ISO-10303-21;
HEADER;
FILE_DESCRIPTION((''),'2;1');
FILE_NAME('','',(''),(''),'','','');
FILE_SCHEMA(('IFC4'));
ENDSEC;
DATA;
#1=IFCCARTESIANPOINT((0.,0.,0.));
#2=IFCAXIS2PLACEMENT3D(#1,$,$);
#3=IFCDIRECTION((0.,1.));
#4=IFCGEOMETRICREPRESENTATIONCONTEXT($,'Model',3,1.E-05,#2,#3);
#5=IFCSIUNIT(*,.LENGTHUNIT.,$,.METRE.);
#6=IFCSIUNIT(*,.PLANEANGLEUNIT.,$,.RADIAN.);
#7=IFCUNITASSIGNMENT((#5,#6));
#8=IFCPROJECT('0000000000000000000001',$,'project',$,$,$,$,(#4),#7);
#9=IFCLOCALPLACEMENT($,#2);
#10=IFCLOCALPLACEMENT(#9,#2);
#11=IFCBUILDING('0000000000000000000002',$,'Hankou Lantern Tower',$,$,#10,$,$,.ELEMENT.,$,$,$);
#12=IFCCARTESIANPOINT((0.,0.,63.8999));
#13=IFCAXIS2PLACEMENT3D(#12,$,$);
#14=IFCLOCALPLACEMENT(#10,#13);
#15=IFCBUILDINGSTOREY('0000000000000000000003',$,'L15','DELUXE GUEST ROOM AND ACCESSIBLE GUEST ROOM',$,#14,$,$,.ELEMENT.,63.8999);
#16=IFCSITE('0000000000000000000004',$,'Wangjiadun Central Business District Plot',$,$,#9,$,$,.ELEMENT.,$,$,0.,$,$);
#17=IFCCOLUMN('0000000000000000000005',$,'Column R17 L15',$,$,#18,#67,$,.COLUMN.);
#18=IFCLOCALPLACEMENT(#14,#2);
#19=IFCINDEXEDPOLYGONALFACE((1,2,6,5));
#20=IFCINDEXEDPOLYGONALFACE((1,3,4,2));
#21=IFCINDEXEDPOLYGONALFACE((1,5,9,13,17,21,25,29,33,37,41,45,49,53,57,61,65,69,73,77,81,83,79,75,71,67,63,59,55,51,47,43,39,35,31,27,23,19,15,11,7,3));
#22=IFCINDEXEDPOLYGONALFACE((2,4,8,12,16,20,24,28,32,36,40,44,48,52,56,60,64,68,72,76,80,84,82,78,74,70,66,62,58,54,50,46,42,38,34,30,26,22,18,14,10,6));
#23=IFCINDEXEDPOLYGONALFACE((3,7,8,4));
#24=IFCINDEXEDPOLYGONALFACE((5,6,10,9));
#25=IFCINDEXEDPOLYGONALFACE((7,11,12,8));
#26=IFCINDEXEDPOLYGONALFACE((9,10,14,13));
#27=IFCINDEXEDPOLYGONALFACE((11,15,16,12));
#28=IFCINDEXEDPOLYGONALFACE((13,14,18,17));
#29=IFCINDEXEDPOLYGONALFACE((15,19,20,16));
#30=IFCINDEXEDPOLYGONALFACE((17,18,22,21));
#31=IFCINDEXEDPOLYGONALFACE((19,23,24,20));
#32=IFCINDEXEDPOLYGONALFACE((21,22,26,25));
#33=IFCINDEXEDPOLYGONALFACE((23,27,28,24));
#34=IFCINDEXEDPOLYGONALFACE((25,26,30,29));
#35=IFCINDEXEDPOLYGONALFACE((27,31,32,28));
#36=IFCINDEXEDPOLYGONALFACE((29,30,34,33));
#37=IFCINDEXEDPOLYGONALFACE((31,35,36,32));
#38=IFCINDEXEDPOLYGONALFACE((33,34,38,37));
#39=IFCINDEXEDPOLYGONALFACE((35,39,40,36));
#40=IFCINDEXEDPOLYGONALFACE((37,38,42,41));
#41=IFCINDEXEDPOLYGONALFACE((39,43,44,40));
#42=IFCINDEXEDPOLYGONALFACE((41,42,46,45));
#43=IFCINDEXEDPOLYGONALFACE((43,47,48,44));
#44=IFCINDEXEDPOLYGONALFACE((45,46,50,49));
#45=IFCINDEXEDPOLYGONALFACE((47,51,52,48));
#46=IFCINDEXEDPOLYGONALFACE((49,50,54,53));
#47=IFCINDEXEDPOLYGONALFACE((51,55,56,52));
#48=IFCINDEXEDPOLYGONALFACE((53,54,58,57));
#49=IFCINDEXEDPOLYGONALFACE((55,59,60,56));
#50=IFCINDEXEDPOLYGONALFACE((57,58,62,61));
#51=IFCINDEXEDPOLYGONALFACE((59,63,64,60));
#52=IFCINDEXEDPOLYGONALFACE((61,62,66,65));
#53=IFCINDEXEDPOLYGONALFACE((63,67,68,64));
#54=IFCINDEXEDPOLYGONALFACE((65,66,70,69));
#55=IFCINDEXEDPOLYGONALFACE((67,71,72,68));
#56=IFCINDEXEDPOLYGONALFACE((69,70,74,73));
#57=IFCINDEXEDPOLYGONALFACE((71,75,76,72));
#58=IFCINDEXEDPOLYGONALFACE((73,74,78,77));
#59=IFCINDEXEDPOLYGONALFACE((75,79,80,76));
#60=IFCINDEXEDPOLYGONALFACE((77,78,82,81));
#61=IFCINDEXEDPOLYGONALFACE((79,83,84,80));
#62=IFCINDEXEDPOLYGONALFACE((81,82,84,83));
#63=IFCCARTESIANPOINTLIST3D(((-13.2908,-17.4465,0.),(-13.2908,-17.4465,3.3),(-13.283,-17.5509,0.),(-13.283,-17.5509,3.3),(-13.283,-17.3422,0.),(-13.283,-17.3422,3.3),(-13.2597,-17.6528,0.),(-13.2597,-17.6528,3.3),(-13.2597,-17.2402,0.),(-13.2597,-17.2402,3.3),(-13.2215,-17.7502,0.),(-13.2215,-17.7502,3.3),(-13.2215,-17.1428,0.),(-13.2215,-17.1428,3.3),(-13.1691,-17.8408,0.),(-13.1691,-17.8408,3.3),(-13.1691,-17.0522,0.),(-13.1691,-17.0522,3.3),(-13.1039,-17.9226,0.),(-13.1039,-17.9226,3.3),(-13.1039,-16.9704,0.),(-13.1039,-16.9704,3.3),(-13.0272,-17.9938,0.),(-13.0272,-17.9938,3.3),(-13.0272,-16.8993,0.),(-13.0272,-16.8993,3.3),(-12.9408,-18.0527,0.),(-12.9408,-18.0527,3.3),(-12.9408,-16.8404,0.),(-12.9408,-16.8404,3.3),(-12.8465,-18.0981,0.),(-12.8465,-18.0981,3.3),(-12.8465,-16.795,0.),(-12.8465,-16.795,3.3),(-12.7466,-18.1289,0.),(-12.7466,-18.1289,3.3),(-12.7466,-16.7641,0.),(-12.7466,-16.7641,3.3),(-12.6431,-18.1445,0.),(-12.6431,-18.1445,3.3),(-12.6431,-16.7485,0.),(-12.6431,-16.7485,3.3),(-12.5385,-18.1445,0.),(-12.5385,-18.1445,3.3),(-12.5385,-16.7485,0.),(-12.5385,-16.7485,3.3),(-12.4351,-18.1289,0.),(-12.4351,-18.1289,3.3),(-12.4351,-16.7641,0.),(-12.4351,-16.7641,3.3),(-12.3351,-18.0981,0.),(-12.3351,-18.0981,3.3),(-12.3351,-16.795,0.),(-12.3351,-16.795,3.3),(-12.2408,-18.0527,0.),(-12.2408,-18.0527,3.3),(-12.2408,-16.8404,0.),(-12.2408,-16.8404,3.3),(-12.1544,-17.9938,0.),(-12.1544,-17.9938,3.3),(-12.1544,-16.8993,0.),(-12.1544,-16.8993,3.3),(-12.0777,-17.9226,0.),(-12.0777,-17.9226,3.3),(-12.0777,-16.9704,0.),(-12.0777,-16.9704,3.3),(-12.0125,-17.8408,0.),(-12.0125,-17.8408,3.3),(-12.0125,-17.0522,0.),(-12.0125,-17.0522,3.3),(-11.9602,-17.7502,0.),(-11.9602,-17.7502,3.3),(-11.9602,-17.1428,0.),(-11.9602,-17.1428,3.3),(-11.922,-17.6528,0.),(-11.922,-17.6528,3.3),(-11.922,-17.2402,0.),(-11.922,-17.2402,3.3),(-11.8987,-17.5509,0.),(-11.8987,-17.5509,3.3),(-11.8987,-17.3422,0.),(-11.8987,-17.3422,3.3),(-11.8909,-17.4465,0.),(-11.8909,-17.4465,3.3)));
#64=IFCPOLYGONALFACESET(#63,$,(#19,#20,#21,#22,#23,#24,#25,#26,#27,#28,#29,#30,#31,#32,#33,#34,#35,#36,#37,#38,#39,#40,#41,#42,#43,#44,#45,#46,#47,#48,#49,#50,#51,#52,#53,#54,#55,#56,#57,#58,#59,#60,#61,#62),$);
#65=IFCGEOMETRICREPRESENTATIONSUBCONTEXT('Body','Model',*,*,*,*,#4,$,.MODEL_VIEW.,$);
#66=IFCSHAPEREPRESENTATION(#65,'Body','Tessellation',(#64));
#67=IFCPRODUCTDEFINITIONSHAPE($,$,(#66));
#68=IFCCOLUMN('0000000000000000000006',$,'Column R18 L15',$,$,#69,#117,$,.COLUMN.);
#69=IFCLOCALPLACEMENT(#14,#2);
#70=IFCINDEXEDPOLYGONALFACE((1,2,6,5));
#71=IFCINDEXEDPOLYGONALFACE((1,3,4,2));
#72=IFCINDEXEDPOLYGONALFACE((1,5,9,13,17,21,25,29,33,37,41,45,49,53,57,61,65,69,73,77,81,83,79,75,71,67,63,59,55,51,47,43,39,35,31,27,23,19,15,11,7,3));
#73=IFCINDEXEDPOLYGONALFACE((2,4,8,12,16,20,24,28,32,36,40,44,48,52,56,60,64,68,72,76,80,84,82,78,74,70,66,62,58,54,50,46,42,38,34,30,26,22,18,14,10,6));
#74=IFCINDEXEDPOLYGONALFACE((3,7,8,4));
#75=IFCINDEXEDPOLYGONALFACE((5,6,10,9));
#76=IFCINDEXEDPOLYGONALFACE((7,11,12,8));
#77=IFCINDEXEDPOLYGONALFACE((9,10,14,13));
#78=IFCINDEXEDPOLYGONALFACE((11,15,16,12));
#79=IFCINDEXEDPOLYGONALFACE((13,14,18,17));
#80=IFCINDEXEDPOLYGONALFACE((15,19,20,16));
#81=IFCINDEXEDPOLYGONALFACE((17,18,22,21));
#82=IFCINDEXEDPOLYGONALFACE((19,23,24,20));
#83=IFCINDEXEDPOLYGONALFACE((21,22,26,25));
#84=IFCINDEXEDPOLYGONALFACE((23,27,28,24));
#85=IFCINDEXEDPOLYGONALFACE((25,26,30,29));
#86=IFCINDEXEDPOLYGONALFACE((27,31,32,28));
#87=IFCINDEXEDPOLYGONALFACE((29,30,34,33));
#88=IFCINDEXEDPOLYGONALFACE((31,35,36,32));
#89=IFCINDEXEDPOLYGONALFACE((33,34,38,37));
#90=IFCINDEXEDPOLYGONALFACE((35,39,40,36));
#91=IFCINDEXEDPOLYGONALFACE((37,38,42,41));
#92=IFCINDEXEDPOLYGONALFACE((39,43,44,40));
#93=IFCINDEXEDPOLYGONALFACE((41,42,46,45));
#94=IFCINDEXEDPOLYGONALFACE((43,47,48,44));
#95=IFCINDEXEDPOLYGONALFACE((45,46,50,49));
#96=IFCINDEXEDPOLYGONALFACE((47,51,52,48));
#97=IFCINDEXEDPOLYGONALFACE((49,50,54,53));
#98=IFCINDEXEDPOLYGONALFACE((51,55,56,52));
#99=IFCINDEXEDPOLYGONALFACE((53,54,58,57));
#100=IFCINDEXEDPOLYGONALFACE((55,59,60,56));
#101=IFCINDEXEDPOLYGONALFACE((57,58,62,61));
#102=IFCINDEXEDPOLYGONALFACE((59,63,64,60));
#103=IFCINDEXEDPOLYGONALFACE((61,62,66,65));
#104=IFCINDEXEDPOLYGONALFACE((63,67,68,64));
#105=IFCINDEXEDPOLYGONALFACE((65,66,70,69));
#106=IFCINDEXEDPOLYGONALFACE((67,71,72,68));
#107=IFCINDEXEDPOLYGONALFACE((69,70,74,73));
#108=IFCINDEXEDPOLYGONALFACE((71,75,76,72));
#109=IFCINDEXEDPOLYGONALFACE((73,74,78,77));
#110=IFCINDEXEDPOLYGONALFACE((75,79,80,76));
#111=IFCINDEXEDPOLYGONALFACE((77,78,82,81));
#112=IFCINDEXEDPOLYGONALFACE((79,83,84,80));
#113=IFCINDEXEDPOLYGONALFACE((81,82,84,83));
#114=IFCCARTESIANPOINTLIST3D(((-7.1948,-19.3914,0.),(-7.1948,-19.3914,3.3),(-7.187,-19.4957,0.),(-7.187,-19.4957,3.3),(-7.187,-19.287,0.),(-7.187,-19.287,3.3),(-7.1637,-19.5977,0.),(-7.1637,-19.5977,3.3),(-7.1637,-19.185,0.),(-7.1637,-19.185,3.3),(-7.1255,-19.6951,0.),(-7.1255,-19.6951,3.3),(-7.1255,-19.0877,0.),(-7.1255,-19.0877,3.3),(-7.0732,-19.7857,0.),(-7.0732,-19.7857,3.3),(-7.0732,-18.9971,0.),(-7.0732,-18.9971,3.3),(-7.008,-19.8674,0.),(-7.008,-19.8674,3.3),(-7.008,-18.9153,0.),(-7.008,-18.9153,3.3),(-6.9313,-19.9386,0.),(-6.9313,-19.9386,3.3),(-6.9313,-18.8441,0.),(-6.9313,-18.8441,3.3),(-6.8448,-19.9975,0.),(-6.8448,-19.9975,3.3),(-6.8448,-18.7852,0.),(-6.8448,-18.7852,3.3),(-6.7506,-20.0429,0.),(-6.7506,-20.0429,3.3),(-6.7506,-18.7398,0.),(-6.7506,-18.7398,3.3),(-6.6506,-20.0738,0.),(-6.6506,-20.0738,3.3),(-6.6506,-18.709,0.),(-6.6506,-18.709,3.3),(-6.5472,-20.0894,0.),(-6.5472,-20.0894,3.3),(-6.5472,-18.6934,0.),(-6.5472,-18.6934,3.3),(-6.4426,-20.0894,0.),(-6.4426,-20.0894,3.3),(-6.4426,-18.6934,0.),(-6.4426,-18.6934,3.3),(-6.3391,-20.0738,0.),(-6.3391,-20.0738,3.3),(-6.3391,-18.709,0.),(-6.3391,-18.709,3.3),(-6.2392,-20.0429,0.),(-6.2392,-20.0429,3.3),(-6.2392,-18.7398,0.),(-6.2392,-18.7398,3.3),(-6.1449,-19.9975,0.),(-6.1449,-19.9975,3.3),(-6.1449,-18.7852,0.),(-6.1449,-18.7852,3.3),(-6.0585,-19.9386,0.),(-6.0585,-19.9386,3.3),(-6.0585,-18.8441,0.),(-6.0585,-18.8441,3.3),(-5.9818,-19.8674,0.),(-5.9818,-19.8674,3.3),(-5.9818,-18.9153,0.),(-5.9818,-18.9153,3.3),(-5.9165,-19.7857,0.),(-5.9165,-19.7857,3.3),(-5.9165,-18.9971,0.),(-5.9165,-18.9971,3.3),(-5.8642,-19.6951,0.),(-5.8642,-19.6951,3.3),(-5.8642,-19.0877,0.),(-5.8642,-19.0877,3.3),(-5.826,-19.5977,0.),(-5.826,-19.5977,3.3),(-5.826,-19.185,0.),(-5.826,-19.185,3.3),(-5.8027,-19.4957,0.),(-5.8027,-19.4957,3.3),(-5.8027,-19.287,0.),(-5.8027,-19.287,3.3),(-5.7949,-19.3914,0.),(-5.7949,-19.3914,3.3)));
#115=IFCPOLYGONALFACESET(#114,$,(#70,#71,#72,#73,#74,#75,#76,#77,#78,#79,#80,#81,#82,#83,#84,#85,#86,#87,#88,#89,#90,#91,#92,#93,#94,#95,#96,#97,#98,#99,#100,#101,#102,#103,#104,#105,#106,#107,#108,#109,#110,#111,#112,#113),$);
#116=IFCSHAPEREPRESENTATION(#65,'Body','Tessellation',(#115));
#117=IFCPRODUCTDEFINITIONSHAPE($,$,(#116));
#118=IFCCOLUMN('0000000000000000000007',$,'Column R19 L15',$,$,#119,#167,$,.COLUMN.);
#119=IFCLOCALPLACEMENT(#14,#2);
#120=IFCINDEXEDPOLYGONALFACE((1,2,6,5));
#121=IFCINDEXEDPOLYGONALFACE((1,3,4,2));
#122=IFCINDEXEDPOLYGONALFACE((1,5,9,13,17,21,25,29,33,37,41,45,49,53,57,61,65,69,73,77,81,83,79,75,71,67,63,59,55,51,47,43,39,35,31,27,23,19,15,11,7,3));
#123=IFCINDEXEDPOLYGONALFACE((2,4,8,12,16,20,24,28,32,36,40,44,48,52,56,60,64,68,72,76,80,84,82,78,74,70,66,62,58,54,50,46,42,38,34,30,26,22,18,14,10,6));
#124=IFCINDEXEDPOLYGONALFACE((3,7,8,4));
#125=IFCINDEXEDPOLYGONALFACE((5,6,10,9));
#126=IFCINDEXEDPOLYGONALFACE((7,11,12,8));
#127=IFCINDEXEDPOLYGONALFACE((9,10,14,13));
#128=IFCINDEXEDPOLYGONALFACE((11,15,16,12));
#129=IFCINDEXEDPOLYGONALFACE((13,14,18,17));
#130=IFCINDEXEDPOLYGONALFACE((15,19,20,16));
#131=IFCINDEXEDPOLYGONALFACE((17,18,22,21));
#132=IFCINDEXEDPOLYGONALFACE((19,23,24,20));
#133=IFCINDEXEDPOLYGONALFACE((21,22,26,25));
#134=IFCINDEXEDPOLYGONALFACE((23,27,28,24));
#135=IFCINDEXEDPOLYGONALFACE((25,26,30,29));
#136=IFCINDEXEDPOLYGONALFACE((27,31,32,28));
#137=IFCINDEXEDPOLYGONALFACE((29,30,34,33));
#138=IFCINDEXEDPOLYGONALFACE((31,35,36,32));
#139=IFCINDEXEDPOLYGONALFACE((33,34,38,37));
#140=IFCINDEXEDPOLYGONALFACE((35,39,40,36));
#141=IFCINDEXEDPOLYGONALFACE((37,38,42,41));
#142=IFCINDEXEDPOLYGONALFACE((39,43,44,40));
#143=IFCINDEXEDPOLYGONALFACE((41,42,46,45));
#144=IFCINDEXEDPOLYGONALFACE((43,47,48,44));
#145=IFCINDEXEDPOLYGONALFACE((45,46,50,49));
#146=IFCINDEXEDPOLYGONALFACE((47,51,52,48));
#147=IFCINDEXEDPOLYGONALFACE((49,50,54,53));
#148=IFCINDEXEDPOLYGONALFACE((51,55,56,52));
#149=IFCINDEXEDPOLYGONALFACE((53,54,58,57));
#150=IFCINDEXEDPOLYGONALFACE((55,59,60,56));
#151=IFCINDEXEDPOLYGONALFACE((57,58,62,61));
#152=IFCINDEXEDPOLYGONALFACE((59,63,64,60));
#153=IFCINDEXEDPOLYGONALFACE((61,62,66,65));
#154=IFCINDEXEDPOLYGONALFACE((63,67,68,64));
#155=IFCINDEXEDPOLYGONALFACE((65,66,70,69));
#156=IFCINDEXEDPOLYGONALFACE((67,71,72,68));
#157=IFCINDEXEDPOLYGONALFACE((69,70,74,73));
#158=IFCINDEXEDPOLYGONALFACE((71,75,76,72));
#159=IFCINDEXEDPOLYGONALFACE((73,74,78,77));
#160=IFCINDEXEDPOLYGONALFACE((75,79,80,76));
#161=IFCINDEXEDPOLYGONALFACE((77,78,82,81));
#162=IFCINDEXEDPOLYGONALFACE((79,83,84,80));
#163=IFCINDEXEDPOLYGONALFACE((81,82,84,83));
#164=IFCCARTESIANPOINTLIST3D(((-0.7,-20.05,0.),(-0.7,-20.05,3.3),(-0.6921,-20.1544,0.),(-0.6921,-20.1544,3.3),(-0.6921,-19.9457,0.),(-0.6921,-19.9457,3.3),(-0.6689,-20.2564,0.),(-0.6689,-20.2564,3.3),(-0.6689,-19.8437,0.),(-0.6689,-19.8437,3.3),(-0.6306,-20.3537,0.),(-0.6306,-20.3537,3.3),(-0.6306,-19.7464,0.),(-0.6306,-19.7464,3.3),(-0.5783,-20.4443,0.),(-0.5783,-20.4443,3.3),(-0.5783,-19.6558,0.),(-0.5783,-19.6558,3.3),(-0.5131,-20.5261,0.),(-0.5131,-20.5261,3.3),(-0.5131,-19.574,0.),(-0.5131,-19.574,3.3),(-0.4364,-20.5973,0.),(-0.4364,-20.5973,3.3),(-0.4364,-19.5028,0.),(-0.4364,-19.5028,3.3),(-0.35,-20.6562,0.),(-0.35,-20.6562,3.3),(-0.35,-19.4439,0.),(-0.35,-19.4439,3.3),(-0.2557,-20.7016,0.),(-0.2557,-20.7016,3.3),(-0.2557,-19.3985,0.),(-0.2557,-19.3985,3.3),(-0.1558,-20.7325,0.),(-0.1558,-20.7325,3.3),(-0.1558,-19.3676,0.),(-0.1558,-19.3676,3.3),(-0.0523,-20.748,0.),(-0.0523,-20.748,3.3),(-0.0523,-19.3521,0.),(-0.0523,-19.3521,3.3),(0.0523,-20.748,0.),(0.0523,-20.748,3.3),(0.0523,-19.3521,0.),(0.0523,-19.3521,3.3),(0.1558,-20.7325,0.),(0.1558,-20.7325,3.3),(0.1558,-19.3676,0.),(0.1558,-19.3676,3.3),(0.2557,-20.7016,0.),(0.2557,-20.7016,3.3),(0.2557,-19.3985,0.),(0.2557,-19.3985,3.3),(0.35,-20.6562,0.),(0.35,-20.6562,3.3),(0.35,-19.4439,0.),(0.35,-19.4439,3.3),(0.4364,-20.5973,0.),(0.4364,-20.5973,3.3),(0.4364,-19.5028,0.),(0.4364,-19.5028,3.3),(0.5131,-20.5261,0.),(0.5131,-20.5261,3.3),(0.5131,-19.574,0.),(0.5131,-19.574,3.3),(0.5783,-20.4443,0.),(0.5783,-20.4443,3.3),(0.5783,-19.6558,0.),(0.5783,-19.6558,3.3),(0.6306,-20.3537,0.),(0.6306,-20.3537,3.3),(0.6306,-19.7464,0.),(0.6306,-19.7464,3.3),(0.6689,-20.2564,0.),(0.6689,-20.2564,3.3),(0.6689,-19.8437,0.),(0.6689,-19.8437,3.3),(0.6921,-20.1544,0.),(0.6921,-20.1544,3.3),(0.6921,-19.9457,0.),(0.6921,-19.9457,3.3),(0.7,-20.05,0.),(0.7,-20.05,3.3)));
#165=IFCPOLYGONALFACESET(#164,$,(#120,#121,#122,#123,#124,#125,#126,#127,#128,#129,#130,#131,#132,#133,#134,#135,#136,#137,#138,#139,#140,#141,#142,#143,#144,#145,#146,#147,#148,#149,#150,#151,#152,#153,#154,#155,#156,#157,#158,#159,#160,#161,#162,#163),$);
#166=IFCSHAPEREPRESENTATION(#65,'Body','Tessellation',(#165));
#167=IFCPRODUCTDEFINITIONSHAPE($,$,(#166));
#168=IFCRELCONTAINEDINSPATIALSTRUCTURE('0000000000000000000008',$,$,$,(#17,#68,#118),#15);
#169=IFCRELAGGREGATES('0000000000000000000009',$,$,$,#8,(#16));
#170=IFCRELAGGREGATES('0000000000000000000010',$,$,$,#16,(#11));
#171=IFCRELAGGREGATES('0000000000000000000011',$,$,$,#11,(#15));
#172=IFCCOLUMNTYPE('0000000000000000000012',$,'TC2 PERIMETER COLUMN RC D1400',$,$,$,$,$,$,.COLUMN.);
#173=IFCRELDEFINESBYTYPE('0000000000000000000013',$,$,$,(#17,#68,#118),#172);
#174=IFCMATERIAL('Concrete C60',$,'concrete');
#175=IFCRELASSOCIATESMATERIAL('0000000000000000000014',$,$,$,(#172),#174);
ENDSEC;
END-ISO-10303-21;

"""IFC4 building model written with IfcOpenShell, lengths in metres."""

from ifc_helpers import new_model, si_unit, direction, frame, origin, origin_2d, place, context, subcontext, project, spatial, circle, extrude, material, material_profile, profile_set, type_object, element, save


model = new_model("IFC4")

# Units and contexts
model_context = context("Model", 3, precision=1e-05, world=origin(), true_north=direction((0.0, 1.0)))
body_context = subcontext(model_context, "Body", "Model", "MODEL_VIEW")
ifc_project = project(units=[si_unit("LENGTHUNIT", "METRE"), si_unit("PLANEANGLEUNIT", "RADIAN")], contexts=[model_context])

# Site, building, storey
site_placement = place(None, origin())
site = spatial("IfcSite", under=ifc_project, at=site_placement, Name="Wangjiadun Central Business District Plot", CompositionType="ELEMENT", RefElevation=0.0)
building_placement = place(site_placement, origin())
building = spatial("IfcBuilding", under=site, at=building_placement, Name="Hankou Lantern Tower", CompositionType="ELEMENT")
storey_placement = place(building_placement, frame((0.0, 0.0, 63.8999)))
storey = spatial("IfcBuildingStorey", under=building, at=storey_placement, Name="L15", Description="DELUXE GUEST ROOM AND ACCESSIBLE GUEST ROOM", CompositionType="ELEMENT", Elevation=63.8999)

# Columns
ifc_material_1 = material(Name="Concrete C60", Category="concrete")
ifc_material_profile_1 = material_profile(ifc_material_1, circle(Radius=0.7, at=origin_2d()), Name="RC D1400")
ifc_profile_set_1 = profile_set([ifc_material_profile_1], Name="Concrete C60")
column_type = type_object("IfcColumnType", Name="TC2 PERIMETER COLUMN RC D1400", PredefinedType="COLUMN", material=ifc_profile_set_1)
for number, where, z_axis, x_axis, name in (
    (1, (-12.5908, -17.4465, 0.0), (0.0, 0.0, 1.0), (1.0, 0.0, 0.0), "Column R17 L15"),
    (2, (-6.4949, -19.3914, 0.0), (0.0, 0.0, 1.0), (1.0, 0.0, 0.0), "Column R18 L15"),
    (3, (0.0, -20.05, 0.0), (0.0, 0.0, 1.0), (1.0, 0.0, 0.0), "Column R19 L15"),
):
    element("IfcColumn", number, at=place(storey_placement, frame(where, z_axis=z_axis, x_axis=x_axis)), inside=storey, type_object=column_type, Name=name, PredefinedType="COLUMN", context=body_context, shape_type="SweptSolid", body=[
        extrude(circle(Radius=0.7, at=origin_2d()), origin(), (0.0, 0.0, 1.0), 3.3),
    ])

save(model, "model.ifc")
